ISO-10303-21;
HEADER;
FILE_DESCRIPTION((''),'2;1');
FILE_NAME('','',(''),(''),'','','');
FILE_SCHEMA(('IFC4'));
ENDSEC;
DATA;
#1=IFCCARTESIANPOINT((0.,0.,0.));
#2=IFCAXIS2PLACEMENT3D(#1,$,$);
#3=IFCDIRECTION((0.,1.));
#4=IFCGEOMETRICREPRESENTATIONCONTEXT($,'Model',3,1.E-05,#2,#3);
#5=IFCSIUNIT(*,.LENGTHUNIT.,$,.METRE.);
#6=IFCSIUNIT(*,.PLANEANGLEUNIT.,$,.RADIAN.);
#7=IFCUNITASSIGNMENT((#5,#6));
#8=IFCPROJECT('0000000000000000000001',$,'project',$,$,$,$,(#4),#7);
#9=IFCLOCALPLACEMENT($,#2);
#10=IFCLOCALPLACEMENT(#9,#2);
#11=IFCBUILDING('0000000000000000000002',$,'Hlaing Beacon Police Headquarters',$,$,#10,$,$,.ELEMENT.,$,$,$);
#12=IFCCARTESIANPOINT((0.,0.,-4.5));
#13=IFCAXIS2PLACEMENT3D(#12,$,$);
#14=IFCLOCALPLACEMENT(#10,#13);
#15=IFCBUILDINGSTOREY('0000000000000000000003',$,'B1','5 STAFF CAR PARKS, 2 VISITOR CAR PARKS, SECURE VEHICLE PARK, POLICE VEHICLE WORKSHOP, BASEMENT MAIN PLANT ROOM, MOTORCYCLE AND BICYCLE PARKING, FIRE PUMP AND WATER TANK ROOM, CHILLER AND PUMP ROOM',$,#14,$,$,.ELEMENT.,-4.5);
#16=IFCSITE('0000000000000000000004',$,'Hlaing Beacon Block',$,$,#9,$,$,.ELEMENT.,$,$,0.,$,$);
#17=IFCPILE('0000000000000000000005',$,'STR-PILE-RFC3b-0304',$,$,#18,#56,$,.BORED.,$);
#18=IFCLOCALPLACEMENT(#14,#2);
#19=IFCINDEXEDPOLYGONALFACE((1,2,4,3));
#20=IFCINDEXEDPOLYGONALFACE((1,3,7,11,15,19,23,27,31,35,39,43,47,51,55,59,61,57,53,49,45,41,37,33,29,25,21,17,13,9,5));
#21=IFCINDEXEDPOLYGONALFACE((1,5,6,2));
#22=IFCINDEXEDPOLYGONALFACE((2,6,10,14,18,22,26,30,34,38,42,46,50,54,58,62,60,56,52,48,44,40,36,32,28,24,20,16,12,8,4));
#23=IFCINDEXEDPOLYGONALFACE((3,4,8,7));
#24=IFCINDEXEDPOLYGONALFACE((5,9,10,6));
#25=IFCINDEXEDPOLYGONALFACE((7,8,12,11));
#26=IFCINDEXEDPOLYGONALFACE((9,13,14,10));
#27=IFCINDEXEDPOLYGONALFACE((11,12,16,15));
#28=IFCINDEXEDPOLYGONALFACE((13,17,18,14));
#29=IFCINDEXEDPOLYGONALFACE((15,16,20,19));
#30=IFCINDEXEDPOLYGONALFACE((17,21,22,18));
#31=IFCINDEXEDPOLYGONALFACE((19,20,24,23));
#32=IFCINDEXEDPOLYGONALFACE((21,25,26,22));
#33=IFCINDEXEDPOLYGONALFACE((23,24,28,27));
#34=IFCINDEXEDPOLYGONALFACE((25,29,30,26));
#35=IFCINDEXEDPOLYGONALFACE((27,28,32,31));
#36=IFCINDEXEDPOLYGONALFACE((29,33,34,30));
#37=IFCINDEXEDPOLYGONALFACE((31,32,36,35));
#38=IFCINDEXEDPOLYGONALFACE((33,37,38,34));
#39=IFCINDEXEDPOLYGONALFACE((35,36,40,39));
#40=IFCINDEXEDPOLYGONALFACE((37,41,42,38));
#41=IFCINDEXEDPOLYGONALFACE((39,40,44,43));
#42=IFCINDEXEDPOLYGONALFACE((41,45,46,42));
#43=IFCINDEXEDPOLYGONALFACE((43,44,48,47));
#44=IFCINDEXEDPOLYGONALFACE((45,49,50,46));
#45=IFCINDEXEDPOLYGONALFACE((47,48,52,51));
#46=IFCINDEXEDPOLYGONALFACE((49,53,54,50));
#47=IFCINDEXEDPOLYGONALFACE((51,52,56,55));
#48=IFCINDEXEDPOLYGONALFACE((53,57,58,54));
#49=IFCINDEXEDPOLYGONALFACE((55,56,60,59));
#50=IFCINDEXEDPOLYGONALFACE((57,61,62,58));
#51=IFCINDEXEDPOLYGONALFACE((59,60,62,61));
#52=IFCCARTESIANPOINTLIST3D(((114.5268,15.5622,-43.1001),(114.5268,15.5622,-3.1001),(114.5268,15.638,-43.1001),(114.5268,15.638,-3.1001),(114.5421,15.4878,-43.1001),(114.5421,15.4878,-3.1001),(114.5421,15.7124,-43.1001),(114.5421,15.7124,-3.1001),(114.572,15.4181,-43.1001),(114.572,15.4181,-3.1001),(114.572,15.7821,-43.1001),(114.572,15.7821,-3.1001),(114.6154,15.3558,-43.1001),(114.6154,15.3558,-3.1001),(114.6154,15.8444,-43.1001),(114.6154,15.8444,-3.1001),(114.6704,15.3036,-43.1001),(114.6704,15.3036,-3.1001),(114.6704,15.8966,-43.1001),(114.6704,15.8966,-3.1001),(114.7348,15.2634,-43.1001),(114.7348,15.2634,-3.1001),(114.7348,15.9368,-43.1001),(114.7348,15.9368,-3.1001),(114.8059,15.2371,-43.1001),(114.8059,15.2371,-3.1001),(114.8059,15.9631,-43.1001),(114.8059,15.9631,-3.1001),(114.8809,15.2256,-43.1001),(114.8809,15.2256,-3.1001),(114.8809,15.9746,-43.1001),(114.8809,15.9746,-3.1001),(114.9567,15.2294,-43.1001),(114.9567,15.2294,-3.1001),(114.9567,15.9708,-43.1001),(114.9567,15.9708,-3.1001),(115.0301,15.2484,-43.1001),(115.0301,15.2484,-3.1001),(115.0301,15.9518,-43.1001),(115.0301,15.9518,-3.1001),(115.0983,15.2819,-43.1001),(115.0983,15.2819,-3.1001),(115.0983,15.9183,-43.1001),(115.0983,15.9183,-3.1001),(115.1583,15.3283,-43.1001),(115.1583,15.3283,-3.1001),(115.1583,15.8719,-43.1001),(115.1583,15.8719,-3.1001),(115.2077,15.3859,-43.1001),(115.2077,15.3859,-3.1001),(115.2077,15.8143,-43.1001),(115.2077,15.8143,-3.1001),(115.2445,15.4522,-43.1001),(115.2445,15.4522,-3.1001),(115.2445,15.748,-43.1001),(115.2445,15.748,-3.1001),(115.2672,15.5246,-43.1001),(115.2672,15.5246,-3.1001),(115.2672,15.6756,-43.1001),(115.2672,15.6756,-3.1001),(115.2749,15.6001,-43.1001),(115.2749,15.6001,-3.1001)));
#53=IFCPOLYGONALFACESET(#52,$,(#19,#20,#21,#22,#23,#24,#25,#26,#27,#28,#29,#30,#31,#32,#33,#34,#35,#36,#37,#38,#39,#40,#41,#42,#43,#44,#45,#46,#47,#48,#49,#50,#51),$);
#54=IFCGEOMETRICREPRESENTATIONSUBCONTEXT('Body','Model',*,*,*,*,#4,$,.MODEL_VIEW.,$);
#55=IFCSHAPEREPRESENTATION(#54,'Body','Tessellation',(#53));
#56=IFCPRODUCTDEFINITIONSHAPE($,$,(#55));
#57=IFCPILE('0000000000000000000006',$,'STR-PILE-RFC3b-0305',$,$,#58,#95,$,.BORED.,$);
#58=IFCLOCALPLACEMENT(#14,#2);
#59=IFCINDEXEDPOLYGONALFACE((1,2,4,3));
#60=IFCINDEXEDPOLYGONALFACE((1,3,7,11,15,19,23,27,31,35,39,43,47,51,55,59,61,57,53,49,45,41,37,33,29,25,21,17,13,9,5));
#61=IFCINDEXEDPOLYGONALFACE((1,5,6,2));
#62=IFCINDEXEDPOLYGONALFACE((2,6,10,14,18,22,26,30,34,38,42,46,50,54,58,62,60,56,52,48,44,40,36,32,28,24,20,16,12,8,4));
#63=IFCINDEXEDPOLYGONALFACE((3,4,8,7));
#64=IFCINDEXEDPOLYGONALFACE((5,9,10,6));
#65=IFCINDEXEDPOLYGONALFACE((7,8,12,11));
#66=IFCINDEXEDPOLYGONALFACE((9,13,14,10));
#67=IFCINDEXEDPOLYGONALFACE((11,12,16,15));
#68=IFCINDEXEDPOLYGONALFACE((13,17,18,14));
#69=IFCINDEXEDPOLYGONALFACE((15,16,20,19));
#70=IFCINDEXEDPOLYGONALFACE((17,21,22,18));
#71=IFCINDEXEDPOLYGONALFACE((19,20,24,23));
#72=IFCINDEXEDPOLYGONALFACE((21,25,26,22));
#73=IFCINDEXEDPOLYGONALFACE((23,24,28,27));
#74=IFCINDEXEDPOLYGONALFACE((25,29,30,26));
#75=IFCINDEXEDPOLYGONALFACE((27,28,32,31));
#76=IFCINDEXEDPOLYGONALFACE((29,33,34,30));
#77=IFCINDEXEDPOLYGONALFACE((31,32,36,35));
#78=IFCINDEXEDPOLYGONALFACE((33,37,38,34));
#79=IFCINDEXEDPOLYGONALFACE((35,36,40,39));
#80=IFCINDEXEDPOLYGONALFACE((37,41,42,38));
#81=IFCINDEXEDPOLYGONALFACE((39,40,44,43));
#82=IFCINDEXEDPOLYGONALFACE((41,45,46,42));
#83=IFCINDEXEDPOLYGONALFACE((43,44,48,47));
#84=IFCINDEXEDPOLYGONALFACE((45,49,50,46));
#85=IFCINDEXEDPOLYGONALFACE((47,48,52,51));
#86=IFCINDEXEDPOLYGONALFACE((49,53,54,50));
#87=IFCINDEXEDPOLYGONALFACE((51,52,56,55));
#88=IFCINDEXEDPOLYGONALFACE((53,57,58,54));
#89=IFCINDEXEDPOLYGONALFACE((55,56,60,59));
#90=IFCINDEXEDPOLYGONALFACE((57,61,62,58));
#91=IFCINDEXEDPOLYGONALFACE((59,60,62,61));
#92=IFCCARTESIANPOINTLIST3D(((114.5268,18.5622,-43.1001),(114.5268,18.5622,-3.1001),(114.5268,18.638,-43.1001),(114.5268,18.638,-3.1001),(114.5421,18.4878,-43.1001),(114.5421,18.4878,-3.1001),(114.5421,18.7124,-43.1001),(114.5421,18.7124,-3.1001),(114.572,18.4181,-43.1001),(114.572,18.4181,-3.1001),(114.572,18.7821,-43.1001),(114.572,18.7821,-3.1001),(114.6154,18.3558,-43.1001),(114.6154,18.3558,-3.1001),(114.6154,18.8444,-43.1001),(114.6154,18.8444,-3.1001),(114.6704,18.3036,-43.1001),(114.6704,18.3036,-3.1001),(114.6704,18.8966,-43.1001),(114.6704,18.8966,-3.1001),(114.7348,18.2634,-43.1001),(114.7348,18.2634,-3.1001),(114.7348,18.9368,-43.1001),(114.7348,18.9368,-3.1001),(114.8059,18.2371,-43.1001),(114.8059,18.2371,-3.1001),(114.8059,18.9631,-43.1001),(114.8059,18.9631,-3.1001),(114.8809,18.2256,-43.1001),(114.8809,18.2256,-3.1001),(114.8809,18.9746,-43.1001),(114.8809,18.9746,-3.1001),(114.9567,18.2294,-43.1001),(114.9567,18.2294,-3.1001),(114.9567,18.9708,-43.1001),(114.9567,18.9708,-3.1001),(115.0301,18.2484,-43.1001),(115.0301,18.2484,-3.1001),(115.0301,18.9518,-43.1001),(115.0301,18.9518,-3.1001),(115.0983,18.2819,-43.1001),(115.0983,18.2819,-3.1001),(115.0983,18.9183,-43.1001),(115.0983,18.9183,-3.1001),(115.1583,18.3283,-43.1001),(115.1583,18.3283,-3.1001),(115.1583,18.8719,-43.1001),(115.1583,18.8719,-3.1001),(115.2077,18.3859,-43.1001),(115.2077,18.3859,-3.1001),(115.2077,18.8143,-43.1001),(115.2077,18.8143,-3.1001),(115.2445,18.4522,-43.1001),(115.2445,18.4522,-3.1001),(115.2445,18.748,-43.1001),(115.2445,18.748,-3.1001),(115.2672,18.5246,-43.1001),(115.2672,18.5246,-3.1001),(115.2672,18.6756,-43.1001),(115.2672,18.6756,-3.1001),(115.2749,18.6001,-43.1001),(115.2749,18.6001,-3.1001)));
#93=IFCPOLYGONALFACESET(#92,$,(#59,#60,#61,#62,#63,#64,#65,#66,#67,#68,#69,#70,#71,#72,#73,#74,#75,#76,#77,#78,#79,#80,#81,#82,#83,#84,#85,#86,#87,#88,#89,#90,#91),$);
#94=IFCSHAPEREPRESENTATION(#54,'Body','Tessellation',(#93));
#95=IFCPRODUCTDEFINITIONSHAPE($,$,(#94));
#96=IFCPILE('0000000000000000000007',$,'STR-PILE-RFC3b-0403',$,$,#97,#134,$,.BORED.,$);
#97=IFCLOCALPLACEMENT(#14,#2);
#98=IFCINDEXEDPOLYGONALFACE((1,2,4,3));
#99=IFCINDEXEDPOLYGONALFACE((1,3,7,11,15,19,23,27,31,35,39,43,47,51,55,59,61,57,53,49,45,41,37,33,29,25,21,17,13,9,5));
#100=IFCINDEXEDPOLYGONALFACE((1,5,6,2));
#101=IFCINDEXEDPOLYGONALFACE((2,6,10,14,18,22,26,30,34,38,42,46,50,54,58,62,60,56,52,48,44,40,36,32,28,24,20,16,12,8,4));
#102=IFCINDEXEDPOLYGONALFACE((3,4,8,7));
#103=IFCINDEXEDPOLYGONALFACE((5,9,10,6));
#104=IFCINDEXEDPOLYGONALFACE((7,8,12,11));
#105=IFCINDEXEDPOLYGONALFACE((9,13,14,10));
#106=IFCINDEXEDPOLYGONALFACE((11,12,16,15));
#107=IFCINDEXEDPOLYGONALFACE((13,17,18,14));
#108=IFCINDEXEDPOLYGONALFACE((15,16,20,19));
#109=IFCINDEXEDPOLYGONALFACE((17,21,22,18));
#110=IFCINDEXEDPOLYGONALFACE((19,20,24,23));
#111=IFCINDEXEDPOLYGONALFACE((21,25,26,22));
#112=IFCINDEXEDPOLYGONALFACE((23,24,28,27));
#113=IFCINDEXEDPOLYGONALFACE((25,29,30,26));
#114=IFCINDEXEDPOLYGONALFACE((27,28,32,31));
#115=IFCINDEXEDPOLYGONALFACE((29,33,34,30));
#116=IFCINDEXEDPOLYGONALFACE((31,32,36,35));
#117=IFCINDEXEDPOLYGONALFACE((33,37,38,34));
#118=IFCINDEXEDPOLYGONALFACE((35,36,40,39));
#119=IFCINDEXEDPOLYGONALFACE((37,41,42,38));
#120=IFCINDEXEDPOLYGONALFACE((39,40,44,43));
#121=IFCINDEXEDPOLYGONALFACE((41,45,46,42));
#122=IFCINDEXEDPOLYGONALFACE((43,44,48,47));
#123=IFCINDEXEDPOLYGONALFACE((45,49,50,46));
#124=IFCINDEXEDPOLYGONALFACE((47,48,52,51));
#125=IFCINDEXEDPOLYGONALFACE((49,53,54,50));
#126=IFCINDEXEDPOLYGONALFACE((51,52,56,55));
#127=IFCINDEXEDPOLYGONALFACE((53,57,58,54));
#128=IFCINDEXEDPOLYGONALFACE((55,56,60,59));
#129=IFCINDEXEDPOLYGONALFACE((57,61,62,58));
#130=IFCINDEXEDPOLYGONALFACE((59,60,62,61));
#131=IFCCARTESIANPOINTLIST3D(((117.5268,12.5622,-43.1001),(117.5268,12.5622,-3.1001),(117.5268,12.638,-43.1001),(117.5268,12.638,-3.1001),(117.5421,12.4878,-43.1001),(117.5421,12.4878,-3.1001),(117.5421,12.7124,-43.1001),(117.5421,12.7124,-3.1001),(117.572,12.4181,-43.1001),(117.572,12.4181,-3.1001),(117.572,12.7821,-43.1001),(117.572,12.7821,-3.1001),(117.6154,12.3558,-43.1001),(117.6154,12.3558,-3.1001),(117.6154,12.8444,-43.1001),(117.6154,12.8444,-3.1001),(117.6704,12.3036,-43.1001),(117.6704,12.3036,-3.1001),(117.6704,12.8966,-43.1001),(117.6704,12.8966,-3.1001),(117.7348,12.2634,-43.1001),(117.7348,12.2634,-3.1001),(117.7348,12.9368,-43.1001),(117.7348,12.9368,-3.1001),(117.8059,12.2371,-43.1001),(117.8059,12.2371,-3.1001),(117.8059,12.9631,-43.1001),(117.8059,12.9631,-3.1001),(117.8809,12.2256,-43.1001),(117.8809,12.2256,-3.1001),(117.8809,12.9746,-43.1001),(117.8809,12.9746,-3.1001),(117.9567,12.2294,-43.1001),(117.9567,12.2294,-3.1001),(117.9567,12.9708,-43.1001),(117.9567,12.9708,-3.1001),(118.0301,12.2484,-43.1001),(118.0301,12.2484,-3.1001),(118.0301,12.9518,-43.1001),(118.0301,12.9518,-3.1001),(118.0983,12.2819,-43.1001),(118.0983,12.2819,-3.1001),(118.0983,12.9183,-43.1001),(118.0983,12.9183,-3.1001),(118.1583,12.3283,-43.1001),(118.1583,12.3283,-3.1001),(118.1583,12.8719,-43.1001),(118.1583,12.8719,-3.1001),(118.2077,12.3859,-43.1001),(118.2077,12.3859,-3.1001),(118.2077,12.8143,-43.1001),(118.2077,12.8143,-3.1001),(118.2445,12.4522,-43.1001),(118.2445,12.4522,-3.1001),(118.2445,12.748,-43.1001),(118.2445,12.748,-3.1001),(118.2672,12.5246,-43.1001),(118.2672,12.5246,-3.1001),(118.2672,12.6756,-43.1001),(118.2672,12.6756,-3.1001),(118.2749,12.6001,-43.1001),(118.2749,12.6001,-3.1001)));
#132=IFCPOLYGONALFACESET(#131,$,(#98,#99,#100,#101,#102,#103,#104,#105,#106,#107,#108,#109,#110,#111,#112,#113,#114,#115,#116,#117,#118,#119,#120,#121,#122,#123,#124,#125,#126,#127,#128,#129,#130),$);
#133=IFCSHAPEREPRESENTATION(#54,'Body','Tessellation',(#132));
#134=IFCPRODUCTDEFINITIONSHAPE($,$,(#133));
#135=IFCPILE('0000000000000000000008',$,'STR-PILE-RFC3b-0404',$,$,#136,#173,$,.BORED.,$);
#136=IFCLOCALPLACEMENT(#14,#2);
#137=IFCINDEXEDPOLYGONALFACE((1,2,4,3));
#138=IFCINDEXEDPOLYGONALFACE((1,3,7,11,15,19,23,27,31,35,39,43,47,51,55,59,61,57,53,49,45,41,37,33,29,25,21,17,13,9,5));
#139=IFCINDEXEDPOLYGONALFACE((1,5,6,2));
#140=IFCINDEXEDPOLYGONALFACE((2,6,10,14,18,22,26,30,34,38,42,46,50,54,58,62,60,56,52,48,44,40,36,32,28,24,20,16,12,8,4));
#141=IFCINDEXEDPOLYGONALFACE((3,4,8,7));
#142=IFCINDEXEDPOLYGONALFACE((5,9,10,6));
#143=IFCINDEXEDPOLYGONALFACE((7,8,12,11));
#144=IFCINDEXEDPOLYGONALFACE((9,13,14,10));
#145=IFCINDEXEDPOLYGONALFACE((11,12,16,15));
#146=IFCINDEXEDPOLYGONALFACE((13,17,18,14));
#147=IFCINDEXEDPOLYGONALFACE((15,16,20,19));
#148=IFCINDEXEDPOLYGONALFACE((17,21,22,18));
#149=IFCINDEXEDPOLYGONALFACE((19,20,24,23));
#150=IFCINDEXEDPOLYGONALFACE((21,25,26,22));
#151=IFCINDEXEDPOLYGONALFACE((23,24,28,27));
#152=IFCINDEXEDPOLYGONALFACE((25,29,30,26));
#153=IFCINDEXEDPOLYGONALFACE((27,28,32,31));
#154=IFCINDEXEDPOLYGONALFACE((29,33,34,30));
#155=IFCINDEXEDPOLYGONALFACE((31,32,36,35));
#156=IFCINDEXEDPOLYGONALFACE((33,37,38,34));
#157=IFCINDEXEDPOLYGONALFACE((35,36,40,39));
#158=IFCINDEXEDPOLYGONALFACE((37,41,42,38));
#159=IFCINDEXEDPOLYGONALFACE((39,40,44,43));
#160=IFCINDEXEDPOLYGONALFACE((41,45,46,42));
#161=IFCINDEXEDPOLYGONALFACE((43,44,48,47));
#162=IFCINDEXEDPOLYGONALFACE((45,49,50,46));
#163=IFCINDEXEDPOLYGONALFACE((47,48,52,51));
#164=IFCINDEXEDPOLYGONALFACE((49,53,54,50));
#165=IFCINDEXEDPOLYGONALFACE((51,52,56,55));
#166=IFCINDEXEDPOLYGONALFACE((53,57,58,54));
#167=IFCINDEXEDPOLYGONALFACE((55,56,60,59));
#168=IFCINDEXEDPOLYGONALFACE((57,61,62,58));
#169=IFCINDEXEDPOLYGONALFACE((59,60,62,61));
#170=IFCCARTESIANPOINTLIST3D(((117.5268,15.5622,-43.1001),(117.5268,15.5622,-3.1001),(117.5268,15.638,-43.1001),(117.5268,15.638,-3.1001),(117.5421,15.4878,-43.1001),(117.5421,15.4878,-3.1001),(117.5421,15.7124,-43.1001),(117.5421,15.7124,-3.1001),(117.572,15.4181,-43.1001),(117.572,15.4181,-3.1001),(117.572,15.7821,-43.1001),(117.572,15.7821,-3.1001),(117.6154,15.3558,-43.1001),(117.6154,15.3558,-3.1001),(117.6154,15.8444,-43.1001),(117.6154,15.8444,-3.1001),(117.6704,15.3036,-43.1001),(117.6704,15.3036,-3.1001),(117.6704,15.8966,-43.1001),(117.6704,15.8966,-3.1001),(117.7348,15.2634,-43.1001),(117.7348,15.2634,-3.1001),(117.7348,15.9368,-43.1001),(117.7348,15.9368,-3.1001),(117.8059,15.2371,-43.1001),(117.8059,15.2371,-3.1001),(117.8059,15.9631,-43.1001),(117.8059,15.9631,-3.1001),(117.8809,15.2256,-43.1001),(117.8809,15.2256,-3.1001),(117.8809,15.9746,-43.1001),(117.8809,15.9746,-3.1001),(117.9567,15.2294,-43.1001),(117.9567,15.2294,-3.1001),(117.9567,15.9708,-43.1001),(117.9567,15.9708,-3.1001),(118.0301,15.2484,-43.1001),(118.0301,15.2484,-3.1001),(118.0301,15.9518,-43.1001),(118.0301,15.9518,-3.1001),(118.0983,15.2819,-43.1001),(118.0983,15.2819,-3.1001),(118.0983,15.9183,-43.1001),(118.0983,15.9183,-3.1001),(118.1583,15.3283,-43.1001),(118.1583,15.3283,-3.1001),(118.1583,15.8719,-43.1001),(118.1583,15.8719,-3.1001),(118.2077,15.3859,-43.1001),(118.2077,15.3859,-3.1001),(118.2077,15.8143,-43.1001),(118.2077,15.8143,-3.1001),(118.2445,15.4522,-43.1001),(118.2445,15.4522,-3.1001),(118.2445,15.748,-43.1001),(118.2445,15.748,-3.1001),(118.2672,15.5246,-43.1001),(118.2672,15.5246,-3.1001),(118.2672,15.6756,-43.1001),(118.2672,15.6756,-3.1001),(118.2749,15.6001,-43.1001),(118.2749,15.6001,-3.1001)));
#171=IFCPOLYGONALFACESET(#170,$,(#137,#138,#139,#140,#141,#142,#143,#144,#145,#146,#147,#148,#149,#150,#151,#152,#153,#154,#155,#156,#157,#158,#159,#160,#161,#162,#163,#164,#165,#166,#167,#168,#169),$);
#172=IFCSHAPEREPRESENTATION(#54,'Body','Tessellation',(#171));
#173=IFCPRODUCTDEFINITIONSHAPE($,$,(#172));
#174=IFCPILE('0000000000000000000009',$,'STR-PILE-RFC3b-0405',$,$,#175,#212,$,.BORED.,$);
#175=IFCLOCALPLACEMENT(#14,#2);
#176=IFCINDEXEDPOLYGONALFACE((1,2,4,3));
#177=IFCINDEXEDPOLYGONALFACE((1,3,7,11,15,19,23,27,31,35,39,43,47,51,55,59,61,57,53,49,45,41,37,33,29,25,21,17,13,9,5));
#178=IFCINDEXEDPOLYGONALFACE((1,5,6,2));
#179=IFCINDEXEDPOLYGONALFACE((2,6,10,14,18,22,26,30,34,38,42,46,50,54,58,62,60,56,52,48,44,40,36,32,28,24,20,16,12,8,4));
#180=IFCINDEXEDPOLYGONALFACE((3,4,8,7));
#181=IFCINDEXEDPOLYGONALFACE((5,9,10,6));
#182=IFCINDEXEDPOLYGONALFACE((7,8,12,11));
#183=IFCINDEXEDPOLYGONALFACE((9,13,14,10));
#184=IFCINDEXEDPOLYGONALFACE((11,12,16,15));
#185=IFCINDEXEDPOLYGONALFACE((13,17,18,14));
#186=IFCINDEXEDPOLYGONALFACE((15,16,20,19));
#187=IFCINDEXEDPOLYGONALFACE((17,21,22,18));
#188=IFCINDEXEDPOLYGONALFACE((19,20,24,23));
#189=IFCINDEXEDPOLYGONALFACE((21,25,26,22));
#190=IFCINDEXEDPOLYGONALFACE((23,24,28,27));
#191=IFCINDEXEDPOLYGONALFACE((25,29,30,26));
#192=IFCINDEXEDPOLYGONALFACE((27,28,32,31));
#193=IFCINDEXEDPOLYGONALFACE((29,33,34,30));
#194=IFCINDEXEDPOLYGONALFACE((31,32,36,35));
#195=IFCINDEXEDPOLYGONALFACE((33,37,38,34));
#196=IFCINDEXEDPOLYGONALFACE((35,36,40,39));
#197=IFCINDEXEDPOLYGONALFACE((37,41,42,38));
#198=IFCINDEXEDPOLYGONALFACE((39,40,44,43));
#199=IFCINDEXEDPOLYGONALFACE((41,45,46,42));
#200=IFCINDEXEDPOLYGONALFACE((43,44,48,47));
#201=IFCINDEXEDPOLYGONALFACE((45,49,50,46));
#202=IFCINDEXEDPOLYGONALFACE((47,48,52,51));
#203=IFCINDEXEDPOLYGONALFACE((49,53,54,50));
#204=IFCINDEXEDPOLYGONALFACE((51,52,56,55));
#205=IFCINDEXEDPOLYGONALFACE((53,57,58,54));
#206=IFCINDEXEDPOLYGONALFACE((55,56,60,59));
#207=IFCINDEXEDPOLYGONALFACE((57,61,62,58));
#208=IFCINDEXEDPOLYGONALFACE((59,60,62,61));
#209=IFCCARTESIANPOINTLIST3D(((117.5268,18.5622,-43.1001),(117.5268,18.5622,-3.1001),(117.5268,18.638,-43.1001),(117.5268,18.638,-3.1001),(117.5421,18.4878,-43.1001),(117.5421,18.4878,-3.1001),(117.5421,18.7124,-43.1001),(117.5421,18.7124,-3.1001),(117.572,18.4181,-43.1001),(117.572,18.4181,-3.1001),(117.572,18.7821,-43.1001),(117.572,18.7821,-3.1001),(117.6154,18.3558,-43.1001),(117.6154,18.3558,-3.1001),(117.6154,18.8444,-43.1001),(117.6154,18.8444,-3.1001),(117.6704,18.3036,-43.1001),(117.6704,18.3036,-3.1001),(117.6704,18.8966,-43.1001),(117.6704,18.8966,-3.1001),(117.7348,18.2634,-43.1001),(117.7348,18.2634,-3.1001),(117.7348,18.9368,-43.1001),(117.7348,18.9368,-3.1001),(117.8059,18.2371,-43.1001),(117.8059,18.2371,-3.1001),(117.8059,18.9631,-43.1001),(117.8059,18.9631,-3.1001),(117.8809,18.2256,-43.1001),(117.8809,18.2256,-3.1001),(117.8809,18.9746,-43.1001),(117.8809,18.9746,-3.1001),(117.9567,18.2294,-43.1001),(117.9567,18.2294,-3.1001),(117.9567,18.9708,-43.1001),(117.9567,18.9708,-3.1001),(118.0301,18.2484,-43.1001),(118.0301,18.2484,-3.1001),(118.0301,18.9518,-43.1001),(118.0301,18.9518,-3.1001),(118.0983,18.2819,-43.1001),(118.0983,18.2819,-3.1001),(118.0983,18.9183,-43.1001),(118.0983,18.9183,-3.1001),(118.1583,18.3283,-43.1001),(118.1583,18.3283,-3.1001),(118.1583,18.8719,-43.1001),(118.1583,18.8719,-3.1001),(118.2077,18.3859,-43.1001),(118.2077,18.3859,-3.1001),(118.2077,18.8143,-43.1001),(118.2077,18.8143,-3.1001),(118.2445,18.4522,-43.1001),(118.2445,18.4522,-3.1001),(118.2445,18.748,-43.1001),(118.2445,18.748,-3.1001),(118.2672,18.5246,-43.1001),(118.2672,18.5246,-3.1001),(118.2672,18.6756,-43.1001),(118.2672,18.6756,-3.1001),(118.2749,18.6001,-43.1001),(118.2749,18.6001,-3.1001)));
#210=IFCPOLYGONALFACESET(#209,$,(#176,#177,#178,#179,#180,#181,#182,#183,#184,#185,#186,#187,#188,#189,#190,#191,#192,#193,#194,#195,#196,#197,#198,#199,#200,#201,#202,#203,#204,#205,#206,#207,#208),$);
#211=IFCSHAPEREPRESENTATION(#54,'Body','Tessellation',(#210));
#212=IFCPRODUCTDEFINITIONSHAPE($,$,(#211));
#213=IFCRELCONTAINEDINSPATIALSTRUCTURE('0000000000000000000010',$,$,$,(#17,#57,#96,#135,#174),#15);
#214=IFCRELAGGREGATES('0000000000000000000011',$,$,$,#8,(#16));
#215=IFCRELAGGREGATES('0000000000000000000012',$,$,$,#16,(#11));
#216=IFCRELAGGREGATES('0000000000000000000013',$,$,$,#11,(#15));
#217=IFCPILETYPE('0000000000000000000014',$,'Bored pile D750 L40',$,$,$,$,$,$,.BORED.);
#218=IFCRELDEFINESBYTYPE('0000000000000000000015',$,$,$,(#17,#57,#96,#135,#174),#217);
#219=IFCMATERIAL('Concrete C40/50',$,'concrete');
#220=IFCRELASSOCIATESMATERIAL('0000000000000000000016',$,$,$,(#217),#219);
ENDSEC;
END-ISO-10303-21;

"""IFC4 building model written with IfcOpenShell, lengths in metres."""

from ifc_helpers import new_model, si_unit, direction, frame, origin, origin_2d, place, context, subcontext, project, spatial, circle, extrude, material, material_profile, profile_set, type_object, element, save


model = new_model("IFC4")

# Units and contexts
model_context = context("Model", 3, precision=1e-05, world=origin(), true_north=direction((0.0, 1.0)))
body_context = subcontext(model_context, "Body", "Model", "MODEL_VIEW")
ifc_project = project(units=[si_unit("LENGTHUNIT", "METRE"), si_unit("PLANEANGLEUNIT", "RADIAN")], contexts=[model_context])

# Site, building, storey
site_placement = place(None, origin())
site = spatial("IfcSite", under=ifc_project, at=site_placement, Name="Hlaing Beacon Block", CompositionType="ELEMENT", RefElevation=0.0)
building_placement = place(site_placement, origin())
building = spatial("IfcBuilding", under=site, at=building_placement, Name="Hlaing Beacon Police Headquarters", CompositionType="ELEMENT")
storey_placement = place(building_placement, frame((0.0, 0.0, -4.5)))
storey = spatial("IfcBuildingStorey", under=building, at=storey_placement, Name="B1", Description="5 STAFF CAR PARKS, 2 VISITOR CAR PARKS, SECURE VEHICLE PARK, POLICE VEHICLE WORKSHOP, BASEMENT MAIN PLANT ROOM, MOTORCYCLE AND BICYCLE PARKING, FIRE PUMP AND WATER TANK ROOM, CHILLER AND PUMP ROOM", CompositionType="ELEMENT", Elevation=-4.5)

# Piles
ifc_material_1 = material(Name="Concrete C40/50", Category="concrete")
ifc_material_profile_1 = material_profile(ifc_material_1, circle(Radius=0.375, at=origin_2d()), Name="D750")
ifc_profile_set_1 = profile_set([ifc_material_profile_1], Name="Concrete C40/50")
pile_type_1 = type_object("IfcPileType", Name="Bored pile D750 L40", PredefinedType="BORED", material=ifc_profile_set_1)
for number, where, z_axis, x_axis, name in (
    (1, (114.8999, 15.6001, -3.1001), (0.0, 0.0, -1.0), (1.0, 0.0, 0.0), "STR-PILE-RFC3b-0304"),
    (2, (114.8999, 18.6001, -3.1001), (0.0, 0.0, -1.0), (1.0, 0.0, 0.0), "STR-PILE-RFC3b-0305"),
    (3, (117.8999, 12.6001, -3.1001), (0.0, 0.0, -1.0), (1.0, 0.0, 0.0), "STR-PILE-RFC3b-0403"),
    (4, (117.8999, 15.6001, -3.1001), (0.0, 0.0, -1.0), (1.0, 0.0, 0.0), "STR-PILE-RFC3b-0404"),
    (5, (117.8999, 18.6001, -3.1001), (0.0, 0.0, -1.0), (1.0, 0.0, 0.0), "STR-PILE-RFC3b-0405"),
):
    element("IfcPile", number, at=place(storey_placement, frame(where, z_axis=z_axis, x_axis=x_axis)), inside=storey, type_object=pile_type_1, Name=name, PredefinedType="BORED", context=body_context, shape_type="SweptSolid", body=[
        extrude(circle(Radius=0.375, at=origin_2d()), origin(), (0.0, 0.0, 1.0), 40.0),
    ])

save(model, "model.ifc")
